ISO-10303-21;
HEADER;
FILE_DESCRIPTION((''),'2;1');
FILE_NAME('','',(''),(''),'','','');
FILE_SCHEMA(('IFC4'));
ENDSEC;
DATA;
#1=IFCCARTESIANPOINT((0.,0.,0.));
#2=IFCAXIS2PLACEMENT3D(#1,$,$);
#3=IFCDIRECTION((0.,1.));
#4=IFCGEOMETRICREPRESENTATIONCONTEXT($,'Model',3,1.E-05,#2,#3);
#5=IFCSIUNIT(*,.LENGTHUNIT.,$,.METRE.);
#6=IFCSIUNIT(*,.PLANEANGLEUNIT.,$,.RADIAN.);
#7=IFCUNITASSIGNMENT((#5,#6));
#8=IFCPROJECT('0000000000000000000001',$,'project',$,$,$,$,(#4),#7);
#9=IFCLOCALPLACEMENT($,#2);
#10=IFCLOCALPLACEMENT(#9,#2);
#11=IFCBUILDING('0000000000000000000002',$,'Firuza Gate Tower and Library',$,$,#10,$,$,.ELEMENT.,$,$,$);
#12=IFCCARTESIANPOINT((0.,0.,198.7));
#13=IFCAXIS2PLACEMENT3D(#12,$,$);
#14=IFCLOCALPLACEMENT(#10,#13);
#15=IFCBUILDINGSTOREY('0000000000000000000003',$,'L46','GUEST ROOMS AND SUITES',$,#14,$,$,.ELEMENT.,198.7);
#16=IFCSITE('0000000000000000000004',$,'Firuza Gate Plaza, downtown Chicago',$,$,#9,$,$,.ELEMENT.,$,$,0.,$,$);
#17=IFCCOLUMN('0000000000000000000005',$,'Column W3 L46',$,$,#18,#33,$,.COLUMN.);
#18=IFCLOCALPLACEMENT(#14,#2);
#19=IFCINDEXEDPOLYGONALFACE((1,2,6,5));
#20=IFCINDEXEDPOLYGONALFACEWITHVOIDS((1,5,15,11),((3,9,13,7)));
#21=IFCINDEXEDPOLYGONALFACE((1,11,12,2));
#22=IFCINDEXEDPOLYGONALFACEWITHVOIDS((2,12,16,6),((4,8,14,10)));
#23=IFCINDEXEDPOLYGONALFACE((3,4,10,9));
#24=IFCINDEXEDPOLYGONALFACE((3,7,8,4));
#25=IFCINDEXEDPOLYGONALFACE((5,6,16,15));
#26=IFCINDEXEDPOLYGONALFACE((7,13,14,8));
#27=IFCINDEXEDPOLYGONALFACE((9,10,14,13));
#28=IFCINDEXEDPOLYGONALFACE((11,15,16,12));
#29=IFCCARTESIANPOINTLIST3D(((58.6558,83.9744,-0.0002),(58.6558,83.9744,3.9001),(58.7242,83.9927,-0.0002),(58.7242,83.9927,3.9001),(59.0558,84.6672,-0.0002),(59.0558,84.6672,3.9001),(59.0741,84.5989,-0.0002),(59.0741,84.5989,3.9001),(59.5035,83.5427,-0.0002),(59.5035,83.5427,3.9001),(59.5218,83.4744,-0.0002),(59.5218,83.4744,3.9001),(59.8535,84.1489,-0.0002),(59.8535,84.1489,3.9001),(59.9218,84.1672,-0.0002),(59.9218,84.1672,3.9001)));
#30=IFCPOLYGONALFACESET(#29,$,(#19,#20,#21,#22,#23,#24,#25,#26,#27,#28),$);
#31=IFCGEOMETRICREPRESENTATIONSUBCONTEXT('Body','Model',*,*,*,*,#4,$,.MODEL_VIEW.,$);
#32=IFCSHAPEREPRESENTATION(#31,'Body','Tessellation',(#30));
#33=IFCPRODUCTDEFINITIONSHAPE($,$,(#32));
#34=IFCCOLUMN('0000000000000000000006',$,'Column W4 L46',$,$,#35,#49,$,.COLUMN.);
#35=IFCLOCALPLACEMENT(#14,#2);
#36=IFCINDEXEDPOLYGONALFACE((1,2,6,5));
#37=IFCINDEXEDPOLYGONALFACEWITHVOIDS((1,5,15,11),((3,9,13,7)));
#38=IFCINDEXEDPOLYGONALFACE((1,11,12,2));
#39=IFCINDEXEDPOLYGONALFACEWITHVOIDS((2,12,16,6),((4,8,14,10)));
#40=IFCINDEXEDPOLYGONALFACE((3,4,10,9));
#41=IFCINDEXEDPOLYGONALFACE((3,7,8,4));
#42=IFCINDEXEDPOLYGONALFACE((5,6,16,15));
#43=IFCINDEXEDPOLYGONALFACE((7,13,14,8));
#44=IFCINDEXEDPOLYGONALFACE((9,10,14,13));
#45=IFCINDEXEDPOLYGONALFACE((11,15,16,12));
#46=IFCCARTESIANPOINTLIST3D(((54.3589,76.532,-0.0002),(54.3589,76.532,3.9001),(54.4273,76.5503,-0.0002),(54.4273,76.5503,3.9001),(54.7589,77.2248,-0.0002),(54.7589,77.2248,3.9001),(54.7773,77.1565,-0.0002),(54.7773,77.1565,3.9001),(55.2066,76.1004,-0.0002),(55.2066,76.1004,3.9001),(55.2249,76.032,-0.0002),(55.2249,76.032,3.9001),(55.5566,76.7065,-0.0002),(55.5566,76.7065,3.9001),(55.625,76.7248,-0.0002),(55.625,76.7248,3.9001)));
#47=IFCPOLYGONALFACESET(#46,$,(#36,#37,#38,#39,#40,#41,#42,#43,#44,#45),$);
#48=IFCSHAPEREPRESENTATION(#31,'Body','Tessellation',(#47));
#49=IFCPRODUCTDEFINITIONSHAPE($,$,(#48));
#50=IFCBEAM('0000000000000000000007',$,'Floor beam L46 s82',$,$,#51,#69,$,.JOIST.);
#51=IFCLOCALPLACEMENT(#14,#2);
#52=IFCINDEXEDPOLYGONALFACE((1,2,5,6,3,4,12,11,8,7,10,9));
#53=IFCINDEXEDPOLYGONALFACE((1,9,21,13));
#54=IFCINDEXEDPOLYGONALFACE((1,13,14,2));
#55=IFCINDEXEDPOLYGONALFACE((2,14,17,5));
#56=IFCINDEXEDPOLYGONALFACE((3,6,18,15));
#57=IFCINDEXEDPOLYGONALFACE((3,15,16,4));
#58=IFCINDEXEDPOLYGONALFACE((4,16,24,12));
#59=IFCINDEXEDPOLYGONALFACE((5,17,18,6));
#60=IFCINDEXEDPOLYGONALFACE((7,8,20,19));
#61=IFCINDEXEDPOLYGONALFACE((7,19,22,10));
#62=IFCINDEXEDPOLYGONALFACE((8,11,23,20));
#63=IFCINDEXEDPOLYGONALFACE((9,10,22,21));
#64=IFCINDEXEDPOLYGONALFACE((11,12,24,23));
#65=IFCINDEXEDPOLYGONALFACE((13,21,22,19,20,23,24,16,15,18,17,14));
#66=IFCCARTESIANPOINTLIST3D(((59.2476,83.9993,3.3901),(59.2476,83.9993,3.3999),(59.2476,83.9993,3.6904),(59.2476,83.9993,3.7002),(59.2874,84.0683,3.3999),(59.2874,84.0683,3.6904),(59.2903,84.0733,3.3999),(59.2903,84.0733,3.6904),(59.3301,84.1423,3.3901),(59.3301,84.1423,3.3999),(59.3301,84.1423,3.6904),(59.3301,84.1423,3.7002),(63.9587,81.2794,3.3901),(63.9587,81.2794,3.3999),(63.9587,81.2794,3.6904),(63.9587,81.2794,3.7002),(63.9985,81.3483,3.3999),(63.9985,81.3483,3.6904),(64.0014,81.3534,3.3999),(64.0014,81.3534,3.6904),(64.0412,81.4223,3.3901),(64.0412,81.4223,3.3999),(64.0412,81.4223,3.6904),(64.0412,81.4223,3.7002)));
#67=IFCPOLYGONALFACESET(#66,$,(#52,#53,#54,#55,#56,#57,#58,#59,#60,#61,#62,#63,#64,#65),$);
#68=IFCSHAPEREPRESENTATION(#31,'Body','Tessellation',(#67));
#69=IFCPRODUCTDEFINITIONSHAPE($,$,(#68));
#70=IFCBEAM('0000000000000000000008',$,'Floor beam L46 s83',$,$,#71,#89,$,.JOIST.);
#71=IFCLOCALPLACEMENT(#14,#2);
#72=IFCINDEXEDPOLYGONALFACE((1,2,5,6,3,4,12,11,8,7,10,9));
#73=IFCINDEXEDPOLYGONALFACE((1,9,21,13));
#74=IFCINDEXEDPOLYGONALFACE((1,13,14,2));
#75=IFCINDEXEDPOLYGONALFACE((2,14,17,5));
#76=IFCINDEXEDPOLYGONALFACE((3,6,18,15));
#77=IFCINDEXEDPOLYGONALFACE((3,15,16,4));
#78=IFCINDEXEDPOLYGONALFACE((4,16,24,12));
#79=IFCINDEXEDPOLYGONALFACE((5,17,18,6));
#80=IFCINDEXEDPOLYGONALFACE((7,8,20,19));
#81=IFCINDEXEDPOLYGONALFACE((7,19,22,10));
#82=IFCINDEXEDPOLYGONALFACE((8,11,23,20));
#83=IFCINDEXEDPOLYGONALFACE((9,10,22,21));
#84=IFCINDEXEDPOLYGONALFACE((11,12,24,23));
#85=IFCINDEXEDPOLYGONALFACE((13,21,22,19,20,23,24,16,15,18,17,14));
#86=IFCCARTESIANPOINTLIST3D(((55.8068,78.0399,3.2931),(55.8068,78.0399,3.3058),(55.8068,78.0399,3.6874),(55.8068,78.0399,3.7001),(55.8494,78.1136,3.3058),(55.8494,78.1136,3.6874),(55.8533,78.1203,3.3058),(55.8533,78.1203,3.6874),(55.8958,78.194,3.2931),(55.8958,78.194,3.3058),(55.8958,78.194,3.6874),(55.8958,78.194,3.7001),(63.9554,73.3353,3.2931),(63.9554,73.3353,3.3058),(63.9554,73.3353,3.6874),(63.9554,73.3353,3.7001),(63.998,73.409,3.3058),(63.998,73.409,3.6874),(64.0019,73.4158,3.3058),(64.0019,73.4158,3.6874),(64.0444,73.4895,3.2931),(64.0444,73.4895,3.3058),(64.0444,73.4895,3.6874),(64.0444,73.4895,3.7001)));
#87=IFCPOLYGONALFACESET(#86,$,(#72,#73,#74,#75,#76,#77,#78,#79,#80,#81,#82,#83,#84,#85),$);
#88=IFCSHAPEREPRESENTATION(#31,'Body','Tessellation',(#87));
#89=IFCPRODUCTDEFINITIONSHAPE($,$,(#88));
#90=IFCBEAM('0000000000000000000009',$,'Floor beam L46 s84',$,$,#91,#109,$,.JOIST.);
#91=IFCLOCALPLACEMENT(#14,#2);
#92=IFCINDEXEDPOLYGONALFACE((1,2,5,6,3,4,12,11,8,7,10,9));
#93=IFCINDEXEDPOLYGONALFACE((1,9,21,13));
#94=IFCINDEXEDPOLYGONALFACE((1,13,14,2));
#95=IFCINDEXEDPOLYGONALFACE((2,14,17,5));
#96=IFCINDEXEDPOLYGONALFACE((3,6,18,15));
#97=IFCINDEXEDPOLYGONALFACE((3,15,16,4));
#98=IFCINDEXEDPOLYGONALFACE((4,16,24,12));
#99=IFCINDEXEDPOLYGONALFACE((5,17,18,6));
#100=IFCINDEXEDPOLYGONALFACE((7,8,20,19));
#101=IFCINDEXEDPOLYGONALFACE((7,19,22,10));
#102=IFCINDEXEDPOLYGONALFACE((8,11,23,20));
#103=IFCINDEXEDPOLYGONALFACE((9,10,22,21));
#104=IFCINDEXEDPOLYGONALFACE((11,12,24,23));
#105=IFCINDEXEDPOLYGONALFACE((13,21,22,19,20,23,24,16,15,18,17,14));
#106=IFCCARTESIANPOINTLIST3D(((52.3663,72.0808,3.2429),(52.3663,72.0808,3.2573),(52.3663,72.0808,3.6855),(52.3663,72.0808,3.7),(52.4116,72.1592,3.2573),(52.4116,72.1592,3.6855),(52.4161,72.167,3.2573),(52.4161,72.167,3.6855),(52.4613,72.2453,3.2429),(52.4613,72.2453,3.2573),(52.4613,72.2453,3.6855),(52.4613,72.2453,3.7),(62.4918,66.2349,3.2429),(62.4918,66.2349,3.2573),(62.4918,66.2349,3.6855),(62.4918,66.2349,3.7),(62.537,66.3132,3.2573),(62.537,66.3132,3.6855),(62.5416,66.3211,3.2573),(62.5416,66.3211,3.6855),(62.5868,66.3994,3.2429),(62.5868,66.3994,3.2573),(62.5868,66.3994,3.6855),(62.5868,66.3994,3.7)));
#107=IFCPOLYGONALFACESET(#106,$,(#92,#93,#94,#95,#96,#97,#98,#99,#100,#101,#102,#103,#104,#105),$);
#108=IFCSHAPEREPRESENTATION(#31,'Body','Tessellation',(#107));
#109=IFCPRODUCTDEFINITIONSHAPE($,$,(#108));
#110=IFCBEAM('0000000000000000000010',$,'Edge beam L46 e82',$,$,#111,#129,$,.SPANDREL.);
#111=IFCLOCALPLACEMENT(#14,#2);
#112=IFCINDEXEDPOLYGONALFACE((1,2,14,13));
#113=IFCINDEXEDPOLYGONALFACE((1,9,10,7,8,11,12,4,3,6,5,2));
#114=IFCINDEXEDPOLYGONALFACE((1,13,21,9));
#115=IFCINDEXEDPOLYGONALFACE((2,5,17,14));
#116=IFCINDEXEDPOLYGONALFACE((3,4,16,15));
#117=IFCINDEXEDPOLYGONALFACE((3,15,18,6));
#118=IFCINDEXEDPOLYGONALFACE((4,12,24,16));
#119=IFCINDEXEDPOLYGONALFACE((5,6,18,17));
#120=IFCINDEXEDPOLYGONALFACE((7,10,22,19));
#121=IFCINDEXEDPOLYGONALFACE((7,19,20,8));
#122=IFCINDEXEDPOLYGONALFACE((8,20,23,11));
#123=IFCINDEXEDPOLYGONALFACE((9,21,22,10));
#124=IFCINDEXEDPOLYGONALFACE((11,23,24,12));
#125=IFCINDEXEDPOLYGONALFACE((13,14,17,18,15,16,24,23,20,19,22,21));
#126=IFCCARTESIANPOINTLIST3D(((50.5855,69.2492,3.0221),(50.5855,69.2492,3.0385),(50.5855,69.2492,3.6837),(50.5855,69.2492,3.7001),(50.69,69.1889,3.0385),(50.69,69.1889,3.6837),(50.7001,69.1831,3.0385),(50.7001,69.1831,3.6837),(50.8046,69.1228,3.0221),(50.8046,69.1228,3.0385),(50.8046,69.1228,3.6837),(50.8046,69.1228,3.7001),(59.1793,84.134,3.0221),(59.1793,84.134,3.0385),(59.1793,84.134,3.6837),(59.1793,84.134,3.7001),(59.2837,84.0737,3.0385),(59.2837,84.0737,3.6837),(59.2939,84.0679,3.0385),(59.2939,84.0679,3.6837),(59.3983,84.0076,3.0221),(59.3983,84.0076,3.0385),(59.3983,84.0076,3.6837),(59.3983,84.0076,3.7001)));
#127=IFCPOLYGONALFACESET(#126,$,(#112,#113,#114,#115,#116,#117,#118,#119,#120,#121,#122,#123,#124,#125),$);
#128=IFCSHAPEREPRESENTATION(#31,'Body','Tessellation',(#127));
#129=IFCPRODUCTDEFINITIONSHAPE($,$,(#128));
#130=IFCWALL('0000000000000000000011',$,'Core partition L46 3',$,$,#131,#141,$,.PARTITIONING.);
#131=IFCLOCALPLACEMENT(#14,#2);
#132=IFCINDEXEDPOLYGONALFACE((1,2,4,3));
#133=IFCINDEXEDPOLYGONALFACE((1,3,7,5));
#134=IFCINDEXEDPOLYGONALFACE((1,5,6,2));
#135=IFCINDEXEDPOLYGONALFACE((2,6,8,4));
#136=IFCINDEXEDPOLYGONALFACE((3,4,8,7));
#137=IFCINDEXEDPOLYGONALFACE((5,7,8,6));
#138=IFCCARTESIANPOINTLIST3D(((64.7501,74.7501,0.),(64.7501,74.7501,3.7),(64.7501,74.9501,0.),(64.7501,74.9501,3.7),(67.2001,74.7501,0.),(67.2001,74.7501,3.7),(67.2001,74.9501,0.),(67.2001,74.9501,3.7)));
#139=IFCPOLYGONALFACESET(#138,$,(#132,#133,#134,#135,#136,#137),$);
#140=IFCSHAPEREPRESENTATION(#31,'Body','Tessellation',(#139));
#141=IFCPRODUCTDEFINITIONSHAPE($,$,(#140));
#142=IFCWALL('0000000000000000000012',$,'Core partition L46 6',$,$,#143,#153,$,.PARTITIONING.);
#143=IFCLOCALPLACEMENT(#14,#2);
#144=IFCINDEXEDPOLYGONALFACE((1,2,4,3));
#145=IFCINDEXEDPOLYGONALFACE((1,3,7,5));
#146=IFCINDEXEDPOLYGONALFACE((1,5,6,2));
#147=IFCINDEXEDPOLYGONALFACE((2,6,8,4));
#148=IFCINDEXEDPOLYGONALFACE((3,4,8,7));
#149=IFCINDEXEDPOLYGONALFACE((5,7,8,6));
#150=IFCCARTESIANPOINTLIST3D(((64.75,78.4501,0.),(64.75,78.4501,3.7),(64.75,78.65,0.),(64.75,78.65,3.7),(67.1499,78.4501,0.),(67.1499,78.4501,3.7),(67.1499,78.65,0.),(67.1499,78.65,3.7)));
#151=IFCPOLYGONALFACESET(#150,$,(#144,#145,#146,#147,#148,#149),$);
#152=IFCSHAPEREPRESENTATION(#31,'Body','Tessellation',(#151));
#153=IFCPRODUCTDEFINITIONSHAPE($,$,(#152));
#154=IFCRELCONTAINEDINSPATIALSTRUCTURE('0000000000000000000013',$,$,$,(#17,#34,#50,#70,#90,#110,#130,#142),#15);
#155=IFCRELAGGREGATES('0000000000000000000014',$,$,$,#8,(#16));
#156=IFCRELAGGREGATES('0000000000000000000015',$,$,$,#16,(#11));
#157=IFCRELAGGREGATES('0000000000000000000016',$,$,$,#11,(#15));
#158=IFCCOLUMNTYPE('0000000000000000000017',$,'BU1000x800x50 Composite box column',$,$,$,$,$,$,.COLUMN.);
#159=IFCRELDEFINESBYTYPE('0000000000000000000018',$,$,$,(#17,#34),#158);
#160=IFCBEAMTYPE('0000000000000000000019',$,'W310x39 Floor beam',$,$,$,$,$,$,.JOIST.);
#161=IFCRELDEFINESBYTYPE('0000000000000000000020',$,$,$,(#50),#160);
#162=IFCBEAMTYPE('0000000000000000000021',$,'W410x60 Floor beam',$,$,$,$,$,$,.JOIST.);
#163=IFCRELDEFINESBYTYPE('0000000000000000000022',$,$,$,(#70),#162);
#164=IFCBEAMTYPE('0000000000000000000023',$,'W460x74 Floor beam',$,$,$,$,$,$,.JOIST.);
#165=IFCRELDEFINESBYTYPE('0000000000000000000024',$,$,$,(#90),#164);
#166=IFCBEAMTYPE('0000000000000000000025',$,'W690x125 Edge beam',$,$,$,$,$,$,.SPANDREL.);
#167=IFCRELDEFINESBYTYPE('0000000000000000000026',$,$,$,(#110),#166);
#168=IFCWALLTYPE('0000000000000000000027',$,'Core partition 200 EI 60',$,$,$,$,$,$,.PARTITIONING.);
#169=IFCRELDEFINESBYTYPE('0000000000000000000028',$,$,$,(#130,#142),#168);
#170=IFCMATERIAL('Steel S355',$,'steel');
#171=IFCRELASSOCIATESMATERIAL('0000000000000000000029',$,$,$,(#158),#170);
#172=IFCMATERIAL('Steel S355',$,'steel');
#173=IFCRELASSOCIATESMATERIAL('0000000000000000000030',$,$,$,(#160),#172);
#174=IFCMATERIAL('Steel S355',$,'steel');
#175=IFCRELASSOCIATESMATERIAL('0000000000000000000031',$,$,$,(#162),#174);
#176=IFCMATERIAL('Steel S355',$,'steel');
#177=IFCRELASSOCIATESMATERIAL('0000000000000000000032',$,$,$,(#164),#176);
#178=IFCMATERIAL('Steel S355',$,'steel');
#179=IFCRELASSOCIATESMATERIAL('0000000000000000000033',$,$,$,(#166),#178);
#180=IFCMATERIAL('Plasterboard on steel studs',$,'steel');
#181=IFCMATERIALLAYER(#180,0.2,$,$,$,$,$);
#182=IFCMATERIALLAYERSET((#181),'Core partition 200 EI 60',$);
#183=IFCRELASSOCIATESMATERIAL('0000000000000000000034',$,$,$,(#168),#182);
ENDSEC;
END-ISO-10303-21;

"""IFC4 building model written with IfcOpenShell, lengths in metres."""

from ifc_helpers import new_model, si_unit, direction, frame, frame_2d, origin, origin_2d, place, context, subcontext, project, spatial, rectangle, hollow_rectangle, i_section, extrude, material, layer, layer_set, material_profile, profile_set, type_object, element, save


model = new_model("IFC4")

# Units and contexts
model_context = context("Model", 3, precision=1e-05, world=origin(), true_north=direction((0.0, 1.0)))
body_context = subcontext(model_context, "Body", "Model", "MODEL_VIEW")
ifc_project = project(units=[si_unit("LENGTHUNIT", "METRE"), si_unit("PLANEANGLEUNIT", "RADIAN")], contexts=[model_context])

# Site, building, storey
site_placement = place(None, origin())
site = spatial("IfcSite", under=ifc_project, at=site_placement, Name="Firuza Gate Plaza, downtown Chicago", CompositionType="ELEMENT", RefElevation=0.0)
building_placement = place(site_placement, origin())
building = spatial("IfcBuilding", under=site, at=building_placement, Name="Firuza Gate Tower and Library", CompositionType="ELEMENT")
storey_placement = place(building_placement, frame((0.0, 0.0, 198.7)))
storey = spatial("IfcBuildingStorey", under=building, at=storey_placement, Name="L46", Description="GUEST ROOMS AND SUITES", CompositionType="ELEMENT", Elevation=198.7)

# Columns
ifc_material_1 = material(Name="Steel S355", Category="steel")
ifc_material_profile_1 = material_profile(ifc_material_1, hollow_rectangle(XDim=0.8, YDim=1.0, WallThickness=0.05, at=origin_2d()))
ifc_profile_set_1 = profile_set([ifc_material_profile_1], Name="Steel S355")
column_type = type_object("IfcColumnType", Name="BU1000x800x50 Composite box column", PredefinedType="COLUMN", material=ifc_profile_set_1)
for number, where, z_axis, x_axis, name in (
    (1, (59.2888, 84.0708, -0.0002), (0.0, 0.0, 1.0), (-0.5, -0.866025, 0.0), "Column W3 L46"),
    (2, (54.9919, 76.6284, -0.0002), (0.0, 0.0, 1.0), (-0.5, -0.866025, 0.0), "Column W4 L46"),
):
    element("IfcColumn", number, at=place(storey_placement, frame(where, z_axis=z_axis, x_axis=x_axis)), inside=storey, type_object=column_type, Name=name, PredefinedType="COLUMN", context=body_context, shape_type="SweptSolid", body=[
        extrude(hollow_rectangle(XDim=0.8, YDim=1.0, WallThickness=0.05, at=origin_2d()), origin(), (0.0, 0.0, 1.0), 3.9004),
    ])

# Beams
ifc_material_2 = material(Name="Steel S355", Category="steel")
ifc_material_profile_2 = material_profile(ifc_material_2, i_section(OverallWidth=0.165, OverallDepth=0.3101, WebThickness=0.0059, FlangeThickness=0.0098, at=origin_2d()))
ifc_profile_set_2 = profile_set([ifc_material_profile_2], Name="Steel S355")
beam_type_1 = type_object("IfcBeamType", Name="W310x39 Floor beam", PredefinedType="JOIST", material=ifc_profile_set_2)
beam_1_placement = place(storey_placement, frame((59.2888, 84.0708, 3.5452), z_axis=(0.866028, -0.499996, 0.0), x_axis=(0.499996, 0.866028, 0.0)))
element("IfcBeam", 3, at=beam_1_placement, inside=storey, type_object=beam_type_1, Name="Floor beam L46 s82", PredefinedType="JOIST", context=body_context, shape_type="SweptSolid", body=[
    extrude(i_section(OverallWidth=0.165, OverallDepth=0.3101, WebThickness=0.0059, FlangeThickness=0.0098, at=origin_2d()), origin(), (0.0, 0.0, 1.0), 5.4399),
])
ifc_material_3 = material(Name="Steel S355", Category="steel")
ifc_material_profile_3 = material_profile(ifc_material_3, i_section(OverallWidth=0.178, OverallDepth=0.407, WebThickness=0.0078, FlangeThickness=0.0127, at=origin_2d()))
ifc_profile_set_3 = profile_set([ifc_material_profile_3], Name="Steel S355")
beam_type_2 = type_object("IfcBeamType", Name="W410x60 Floor beam", PredefinedType="JOIST", material=ifc_profile_set_3)
beam_2_placement = place(storey_placement, frame((55.8513, 78.1169, 3.4966), z_axis=(0.866028, -0.499996, 0.0), x_axis=(0.499996, 0.866028, 0.0)))
element("IfcBeam", 4, at=beam_2_placement, inside=storey, type_object=beam_type_2, Name="Floor beam L46 s83", PredefinedType="JOIST", context=body_context, shape_type="SweptSolid", body=[
    extrude(i_section(OverallWidth=0.178, OverallDepth=0.407, WebThickness=0.0078, FlangeThickness=0.0127, at=origin_2d()), origin(), (0.0, 0.0, 1.0), 9.4092),
])
ifc_material_4 = material(Name="Steel S355", Category="steel")
ifc_material_profile_4 = material_profile(ifc_material_4, i_section(OverallWidth=0.1899, OverallDepth=0.457, WebThickness=0.009, FlangeThickness=0.0144, at=origin_2d()))
ifc_profile_set_4 = profile_set([ifc_material_profile_4], Name="Steel S355")
beam_type_3 = type_object("IfcBeamType", Name="W460x74 Floor beam", PredefinedType="JOIST", material=ifc_profile_set_4)
beam_3_placement = place(storey_placement, frame((52.4138, 72.1631, 3.4714), z_axis=(0.866026, -0.5, 0.0), x_axis=(0.5, 0.866026, 0.0)))
element("IfcBeam", 5, at=beam_3_placement, inside=storey, type_object=beam_type_3, Name="Floor beam L46 s84", PredefinedType="JOIST", context=body_context, shape_type="SweptSolid", body=[
    extrude(i_section(OverallWidth=0.1899, OverallDepth=0.457, WebThickness=0.009, FlangeThickness=0.0144, at=origin_2d()), origin(), (0.0, 0.0, 1.0), 11.6919),
])
ifc_material_5 = material(Name="Steel S355", Category="steel")
ifc_material_profile_5 = material_profile(ifc_material_5, i_section(OverallWidth=0.2529, OverallDepth=0.678, WebThickness=0.0117, FlangeThickness=0.0164, at=origin_2d()))
ifc_profile_set_5 = profile_set([ifc_material_profile_5], Name="Steel S355")
beam_type_4 = type_object("IfcBeamType", Name="W690x125 Edge beam", PredefinedType="SPANDREL", material=ifc_profile_set_5)
beam_4_placement = place(storey_placement, frame((59.2888, 84.0708, 3.3611), z_axis=(-0.500001, -0.866025, 0.0), x_axis=(0.866025, -0.500001, 0.0)))
element("IfcBeam", 6, at=beam_4_placement, inside=storey, type_object=beam_type_4, Name="Edge beam L46 e82", PredefinedType="SPANDREL", context=body_context, shape_type="SweptSolid", body=[
    extrude(i_section(OverallWidth=0.2529, OverallDepth=0.678, WebThickness=0.0117, FlangeThickness=0.0164, at=origin_2d()), origin(), (0.0, 0.0, 1.0), 17.1875),
])

# Walls
ifc_material_6 = material(Name="Plasterboard on steel studs", Category="steel")
ifc_layer_1 = layer(ifc_material_6, 0.2)
ifc_layer_set_1 = layer_set([ifc_layer_1], Name="Core partition 200 EI 60")
wall_type_1 = type_object("IfcWallType", Name="Core partition 200 EI 60", PredefinedType="PARTITIONING", material=ifc_layer_set_1)
wall_1_placement = place(storey_placement, frame((64.75, 74.8501, 0.0), z_axis=(0.0, 0.0, 1.0), x_axis=(1.0, 0.0, 0.0)))
element("IfcWall", 7, at=wall_1_placement, inside=storey, type_object=wall_type_1, Name="Core partition L46 3", PredefinedType="PARTITIONING", context=body_context, shape_type="SweptSolid", body=[
    extrude(rectangle(XDim=2.45, YDim=0.2, at=frame_2d((1.2251, 0.0))), origin(), (0.0, 0.0, 1.0), 3.7),
])
wall_2_placement = place(storey_placement, frame((64.75, 78.55, 0.0), z_axis=(0.0, 0.0, 1.0), x_axis=(1.0, 0.0, 0.0)))
element("IfcWall", 8, at=wall_2_placement, inside=storey, type_object=wall_type_1, Name="Core partition L46 6", PredefinedType="PARTITIONING", context=body_context, shape_type="SweptSolid", body=[
    extrude(rectangle(XDim=2.3999, YDim=0.2, at=frame_2d((1.2, 0.0))), origin(), (0.0, 0.0, 1.0), 3.7),
])

save(model, "model.ifc")
